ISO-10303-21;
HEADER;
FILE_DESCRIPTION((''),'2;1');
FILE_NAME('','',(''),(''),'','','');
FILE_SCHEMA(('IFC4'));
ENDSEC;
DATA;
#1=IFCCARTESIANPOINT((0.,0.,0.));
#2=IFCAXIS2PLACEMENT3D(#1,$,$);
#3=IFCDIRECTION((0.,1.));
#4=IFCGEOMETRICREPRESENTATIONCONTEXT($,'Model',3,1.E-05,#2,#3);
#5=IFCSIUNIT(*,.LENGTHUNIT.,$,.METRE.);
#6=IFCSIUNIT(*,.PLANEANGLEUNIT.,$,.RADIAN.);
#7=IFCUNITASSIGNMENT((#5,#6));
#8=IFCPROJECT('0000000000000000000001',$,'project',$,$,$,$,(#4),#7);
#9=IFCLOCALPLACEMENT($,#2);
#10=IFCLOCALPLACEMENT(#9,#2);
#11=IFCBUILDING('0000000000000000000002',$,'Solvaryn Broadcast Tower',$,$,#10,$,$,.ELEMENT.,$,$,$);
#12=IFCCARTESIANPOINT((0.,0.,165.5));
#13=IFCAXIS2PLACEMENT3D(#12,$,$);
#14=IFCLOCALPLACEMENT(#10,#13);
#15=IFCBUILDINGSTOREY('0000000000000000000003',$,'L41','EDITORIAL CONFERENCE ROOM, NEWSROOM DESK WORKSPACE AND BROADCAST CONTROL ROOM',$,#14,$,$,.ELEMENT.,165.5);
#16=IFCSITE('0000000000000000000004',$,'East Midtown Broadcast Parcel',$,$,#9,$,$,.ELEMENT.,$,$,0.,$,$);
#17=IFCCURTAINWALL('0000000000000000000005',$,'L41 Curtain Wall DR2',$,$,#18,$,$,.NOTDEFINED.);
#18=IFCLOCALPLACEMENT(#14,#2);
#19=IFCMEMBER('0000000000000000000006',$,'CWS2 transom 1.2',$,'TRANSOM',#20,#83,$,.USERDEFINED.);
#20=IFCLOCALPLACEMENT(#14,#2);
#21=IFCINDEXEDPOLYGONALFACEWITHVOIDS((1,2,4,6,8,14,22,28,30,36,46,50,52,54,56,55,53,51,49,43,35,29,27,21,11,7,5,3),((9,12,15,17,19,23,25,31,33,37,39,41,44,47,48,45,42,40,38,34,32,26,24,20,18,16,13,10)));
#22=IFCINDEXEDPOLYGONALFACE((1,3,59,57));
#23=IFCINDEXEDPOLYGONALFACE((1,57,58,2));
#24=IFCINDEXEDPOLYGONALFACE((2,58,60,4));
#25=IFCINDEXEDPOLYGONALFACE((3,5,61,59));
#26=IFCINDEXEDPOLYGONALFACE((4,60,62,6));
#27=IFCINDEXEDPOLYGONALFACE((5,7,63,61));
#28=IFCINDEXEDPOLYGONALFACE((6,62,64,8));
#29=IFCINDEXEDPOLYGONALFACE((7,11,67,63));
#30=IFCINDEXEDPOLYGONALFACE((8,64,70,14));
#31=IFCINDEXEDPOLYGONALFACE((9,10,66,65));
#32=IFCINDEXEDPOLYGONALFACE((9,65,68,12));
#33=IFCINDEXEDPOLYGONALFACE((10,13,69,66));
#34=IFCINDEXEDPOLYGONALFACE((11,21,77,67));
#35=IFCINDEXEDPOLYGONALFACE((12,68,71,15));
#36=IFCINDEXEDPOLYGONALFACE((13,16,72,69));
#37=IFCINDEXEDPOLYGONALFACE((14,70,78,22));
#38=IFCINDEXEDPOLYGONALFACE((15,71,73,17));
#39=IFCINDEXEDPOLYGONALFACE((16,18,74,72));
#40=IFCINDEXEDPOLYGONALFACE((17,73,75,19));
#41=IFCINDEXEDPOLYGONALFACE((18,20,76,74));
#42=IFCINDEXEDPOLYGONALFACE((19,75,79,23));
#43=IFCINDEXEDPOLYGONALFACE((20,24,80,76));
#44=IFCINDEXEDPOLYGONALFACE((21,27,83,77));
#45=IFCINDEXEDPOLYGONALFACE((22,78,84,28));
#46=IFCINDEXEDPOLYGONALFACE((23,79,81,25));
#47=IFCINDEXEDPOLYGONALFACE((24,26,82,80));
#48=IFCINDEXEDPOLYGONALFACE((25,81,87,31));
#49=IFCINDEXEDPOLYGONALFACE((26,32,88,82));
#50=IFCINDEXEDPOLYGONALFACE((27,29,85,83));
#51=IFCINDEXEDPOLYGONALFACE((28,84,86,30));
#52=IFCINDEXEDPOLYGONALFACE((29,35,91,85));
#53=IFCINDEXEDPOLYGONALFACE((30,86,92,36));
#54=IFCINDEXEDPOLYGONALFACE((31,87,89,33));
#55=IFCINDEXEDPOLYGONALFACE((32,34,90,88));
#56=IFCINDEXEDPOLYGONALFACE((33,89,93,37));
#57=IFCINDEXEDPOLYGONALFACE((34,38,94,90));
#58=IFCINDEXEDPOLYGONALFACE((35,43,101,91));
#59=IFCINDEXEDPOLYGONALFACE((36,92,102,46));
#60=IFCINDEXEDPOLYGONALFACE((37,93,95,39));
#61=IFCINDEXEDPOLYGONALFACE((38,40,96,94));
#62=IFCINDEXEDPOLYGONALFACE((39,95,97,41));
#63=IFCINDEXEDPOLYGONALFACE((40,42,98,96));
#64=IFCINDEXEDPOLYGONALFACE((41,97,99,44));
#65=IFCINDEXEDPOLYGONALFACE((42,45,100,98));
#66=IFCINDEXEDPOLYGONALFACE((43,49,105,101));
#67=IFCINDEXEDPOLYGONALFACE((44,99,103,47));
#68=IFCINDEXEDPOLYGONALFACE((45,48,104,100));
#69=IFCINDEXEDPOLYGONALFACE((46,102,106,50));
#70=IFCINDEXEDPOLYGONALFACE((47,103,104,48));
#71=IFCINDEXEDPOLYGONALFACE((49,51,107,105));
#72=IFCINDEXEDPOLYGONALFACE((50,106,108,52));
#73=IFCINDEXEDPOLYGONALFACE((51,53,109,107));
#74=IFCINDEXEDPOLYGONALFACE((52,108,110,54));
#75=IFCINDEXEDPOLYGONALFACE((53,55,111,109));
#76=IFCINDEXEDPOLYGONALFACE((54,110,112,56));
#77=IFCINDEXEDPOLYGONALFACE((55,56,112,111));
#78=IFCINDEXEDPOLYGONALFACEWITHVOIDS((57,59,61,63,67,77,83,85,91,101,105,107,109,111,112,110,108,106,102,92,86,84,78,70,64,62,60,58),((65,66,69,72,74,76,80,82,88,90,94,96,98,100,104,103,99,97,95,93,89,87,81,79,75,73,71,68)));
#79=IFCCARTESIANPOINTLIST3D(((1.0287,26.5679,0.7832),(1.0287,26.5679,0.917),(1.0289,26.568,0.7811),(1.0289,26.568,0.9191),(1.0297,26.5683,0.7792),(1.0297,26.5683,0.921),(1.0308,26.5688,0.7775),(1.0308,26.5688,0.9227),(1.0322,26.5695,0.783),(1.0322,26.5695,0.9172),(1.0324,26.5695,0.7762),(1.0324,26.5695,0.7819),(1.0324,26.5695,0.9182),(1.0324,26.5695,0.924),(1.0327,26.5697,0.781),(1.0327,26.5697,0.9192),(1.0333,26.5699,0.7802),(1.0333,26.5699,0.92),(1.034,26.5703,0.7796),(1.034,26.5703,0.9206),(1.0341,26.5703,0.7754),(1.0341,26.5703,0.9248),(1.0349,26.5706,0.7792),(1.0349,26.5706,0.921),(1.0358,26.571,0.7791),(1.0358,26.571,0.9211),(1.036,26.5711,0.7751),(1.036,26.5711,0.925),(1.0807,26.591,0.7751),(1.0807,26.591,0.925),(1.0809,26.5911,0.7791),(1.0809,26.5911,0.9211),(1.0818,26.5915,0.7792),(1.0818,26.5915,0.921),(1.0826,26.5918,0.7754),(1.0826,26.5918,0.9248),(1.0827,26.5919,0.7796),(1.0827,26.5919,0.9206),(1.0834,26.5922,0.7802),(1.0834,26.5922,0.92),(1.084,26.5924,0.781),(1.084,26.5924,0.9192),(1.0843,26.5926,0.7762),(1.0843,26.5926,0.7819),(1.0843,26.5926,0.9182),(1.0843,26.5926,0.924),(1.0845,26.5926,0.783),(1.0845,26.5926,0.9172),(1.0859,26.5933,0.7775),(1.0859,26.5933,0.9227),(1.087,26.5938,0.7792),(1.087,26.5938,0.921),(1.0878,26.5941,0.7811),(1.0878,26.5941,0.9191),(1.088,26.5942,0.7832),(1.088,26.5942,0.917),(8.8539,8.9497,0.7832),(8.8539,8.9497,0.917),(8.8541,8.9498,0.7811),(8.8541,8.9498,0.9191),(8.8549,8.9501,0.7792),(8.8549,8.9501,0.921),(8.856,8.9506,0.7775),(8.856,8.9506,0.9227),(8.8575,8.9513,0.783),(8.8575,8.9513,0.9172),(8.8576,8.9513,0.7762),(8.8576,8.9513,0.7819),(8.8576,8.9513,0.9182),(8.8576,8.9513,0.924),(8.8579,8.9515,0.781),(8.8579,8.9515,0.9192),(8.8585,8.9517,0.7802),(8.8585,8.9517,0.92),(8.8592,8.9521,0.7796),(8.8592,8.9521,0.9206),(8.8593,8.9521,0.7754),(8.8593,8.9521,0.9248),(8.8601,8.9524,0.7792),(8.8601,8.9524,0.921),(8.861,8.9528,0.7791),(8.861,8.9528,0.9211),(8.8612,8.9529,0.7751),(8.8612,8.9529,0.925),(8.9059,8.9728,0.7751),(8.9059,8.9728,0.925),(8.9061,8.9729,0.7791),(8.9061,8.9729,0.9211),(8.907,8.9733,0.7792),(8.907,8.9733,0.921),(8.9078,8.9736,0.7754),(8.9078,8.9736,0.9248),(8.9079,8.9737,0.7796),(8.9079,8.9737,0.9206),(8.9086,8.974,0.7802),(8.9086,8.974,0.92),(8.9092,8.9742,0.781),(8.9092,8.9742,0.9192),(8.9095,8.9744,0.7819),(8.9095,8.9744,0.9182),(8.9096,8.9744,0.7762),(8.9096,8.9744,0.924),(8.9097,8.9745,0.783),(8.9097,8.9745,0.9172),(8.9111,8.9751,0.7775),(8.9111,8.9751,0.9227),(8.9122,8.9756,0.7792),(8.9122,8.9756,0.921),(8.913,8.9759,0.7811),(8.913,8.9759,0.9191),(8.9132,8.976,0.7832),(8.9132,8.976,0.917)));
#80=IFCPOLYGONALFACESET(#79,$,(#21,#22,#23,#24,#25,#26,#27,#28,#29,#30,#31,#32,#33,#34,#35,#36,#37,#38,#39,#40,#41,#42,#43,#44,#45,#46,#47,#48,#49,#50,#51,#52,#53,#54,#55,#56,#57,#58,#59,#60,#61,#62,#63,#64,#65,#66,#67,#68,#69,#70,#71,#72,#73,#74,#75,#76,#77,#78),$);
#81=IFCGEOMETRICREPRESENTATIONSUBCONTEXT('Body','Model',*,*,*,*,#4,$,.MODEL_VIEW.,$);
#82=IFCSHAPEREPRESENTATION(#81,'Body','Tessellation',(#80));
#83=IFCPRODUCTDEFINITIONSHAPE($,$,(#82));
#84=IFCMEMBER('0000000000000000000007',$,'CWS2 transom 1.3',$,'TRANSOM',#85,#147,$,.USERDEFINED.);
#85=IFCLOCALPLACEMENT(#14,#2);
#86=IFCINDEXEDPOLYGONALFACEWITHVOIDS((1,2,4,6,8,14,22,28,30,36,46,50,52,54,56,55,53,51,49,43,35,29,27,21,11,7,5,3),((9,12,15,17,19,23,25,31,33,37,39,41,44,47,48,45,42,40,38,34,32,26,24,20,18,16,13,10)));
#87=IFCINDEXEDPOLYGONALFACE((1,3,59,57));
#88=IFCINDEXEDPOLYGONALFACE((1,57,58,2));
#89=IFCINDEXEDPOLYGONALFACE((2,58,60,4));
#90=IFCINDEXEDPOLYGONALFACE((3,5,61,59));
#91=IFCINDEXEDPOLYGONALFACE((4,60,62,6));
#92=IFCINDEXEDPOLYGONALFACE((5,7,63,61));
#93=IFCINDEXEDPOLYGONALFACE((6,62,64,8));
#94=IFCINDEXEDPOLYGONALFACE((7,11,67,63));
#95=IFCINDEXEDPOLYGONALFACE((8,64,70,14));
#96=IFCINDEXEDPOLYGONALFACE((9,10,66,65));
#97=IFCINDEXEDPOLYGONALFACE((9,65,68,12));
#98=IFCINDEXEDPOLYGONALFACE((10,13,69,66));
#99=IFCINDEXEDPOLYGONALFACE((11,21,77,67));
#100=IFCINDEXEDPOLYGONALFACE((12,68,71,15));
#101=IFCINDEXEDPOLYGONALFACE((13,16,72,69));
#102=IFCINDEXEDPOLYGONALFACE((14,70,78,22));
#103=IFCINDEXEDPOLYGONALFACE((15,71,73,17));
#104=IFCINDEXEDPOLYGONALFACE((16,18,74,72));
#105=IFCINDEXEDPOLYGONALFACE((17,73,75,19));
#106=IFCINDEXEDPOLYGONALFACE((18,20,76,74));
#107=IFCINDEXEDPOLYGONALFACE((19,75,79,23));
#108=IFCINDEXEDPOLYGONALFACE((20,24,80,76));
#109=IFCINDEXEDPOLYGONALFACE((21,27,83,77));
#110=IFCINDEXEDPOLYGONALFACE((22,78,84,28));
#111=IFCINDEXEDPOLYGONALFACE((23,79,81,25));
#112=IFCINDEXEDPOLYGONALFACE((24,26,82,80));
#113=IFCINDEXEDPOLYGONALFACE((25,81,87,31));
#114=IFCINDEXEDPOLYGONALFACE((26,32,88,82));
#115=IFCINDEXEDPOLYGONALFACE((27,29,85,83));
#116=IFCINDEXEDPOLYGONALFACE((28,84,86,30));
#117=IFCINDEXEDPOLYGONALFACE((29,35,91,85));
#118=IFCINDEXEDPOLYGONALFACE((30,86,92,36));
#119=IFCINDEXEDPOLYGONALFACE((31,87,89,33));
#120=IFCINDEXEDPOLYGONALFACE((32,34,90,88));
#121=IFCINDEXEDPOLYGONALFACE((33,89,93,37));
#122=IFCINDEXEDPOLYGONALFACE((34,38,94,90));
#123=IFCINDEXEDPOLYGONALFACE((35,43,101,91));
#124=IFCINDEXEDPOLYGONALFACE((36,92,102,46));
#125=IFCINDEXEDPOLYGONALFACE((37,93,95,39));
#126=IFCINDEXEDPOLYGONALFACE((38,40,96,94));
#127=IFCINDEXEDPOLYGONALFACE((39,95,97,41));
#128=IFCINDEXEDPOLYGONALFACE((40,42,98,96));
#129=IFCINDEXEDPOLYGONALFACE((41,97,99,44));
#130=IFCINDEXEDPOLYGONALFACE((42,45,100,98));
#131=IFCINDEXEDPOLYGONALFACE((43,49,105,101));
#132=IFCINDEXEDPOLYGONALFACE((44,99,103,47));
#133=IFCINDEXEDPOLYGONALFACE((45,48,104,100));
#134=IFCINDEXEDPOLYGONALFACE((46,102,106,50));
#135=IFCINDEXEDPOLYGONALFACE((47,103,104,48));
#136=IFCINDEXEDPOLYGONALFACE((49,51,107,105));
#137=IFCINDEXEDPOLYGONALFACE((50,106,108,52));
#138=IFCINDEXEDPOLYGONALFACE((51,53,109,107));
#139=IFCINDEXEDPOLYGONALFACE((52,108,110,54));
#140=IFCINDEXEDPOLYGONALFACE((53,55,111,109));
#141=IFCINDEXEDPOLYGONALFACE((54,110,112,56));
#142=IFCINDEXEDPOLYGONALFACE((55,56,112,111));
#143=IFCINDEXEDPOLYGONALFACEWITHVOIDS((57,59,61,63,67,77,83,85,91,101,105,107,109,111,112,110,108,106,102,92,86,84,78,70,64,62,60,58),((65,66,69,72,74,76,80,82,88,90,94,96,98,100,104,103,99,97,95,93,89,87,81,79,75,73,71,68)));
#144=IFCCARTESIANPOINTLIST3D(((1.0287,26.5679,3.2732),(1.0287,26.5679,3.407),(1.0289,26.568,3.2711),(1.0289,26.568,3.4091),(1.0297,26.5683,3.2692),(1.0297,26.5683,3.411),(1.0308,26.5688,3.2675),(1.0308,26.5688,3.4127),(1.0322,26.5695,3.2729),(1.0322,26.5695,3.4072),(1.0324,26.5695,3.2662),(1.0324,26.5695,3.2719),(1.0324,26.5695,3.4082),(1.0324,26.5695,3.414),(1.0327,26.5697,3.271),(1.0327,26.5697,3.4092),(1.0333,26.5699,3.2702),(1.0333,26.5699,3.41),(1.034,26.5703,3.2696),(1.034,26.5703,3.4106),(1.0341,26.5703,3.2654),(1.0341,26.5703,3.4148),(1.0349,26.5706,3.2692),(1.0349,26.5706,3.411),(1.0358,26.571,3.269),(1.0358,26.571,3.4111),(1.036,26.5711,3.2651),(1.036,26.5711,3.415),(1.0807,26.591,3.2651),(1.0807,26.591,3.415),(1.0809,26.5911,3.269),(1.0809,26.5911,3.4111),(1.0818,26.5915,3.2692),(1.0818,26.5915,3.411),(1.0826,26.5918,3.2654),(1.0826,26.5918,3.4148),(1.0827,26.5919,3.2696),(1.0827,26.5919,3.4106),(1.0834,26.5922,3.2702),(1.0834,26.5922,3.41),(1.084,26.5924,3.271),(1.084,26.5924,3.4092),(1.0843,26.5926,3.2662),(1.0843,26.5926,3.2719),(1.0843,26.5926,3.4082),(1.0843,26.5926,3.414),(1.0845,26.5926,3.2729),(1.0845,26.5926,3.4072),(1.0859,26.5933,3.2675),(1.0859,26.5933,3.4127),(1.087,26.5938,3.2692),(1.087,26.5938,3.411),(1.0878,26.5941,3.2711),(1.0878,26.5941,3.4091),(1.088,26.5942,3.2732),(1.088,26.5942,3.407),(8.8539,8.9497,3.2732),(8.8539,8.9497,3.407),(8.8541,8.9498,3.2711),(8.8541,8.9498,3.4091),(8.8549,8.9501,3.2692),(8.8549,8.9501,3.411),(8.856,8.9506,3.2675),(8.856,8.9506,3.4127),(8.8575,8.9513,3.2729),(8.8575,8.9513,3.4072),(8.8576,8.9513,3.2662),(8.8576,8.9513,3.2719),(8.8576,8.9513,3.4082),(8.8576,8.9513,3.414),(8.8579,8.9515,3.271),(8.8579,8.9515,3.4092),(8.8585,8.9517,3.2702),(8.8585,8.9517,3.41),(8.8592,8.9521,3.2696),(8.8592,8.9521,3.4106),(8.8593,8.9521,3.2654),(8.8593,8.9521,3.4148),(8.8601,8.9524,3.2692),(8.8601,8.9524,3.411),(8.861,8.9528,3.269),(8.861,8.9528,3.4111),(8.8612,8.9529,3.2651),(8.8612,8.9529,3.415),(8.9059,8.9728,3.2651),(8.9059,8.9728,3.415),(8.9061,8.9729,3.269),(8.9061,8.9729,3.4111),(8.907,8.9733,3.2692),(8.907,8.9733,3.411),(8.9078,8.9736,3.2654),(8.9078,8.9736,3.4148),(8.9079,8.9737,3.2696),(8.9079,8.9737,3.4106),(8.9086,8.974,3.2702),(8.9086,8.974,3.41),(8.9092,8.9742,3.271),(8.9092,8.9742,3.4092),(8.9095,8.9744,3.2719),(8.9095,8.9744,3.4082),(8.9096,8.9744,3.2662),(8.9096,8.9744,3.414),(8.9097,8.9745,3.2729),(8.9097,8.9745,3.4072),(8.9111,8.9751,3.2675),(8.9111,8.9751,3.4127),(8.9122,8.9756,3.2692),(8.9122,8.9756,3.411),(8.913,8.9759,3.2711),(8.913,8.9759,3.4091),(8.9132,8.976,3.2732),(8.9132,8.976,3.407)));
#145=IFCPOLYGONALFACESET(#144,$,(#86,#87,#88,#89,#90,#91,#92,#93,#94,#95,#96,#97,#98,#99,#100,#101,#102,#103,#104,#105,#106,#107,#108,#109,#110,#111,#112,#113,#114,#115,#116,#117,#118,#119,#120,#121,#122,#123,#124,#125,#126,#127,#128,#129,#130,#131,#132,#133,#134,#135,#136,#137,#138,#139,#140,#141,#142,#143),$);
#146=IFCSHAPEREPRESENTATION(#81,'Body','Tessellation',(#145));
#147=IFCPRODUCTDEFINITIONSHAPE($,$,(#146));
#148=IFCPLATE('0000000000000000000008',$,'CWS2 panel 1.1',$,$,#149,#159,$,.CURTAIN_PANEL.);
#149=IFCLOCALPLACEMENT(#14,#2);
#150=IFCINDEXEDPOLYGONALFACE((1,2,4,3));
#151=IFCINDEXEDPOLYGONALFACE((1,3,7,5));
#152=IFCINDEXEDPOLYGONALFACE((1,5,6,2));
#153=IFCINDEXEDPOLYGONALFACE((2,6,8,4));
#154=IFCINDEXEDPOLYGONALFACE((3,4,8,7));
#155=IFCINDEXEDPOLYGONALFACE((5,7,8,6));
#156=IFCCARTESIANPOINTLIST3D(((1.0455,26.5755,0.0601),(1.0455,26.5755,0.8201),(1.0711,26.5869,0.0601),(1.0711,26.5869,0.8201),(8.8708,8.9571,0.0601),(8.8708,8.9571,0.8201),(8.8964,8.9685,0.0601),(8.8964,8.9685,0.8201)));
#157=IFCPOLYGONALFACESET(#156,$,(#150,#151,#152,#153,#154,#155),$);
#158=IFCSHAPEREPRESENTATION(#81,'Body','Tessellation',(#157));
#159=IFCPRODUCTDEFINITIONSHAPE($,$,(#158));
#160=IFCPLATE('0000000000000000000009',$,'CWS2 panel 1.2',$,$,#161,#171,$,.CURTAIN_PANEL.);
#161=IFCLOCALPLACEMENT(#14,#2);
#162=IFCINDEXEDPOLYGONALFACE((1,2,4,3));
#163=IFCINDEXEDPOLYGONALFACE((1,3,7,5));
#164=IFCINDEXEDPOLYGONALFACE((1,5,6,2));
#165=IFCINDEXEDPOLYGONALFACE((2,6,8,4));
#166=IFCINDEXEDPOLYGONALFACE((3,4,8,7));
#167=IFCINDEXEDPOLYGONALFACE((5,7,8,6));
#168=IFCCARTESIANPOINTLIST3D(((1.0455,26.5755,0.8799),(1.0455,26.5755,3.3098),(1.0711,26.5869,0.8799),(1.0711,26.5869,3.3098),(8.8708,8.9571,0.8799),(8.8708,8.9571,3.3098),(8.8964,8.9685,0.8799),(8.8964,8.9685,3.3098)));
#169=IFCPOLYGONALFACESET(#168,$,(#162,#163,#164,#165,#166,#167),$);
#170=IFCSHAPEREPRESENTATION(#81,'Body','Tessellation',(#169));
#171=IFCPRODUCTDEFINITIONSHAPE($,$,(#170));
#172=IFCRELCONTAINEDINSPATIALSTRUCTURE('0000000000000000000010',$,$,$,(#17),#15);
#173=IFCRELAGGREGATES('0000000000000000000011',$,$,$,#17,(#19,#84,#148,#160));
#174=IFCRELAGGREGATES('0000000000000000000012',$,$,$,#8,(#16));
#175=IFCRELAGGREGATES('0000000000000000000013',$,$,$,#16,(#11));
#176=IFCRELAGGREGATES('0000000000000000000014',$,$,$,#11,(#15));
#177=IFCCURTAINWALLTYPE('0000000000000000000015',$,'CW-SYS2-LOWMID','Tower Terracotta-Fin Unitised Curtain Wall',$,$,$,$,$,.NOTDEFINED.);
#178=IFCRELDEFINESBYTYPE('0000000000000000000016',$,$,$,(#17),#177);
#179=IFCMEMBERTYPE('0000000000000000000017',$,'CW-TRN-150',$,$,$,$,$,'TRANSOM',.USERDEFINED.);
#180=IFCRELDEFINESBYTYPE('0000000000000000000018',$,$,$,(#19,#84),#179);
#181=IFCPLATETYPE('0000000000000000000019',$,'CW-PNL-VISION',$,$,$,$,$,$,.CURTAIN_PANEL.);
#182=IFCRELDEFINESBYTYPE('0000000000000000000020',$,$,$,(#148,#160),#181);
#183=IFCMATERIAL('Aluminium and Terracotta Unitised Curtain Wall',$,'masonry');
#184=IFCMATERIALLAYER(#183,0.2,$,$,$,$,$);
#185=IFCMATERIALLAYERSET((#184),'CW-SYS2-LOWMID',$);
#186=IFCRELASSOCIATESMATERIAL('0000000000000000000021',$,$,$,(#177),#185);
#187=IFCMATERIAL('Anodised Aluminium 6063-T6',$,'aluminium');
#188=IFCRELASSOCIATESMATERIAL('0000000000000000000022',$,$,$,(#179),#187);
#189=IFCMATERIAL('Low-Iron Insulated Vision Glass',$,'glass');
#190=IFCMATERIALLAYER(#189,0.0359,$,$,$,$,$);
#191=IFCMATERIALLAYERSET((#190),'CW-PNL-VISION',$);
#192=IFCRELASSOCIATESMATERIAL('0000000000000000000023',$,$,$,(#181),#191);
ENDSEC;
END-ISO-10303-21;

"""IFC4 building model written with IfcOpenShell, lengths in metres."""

from ifc_helpers import new_model, si_unit, direction, frame, origin, origin_2d, place, context, subcontext, project, spatial, rectangle, hollow_rectangle, extrude, material, layer, layer_set, material_profile, profile_set, type_object, element, aggregate, save


model = new_model("IFC4")

# Units and contexts
model_context = context("Model", 3, precision=1e-05, world=origin(), true_north=direction((0.0, 1.0)))
body_context = subcontext(model_context, "Body", "Model", "MODEL_VIEW")
ifc_project = project(units=[si_unit("LENGTHUNIT", "METRE"), si_unit("PLANEANGLEUNIT", "RADIAN")], contexts=[model_context])

# Site, building, storey
site_placement = place(None, origin())
site = spatial("IfcSite", under=ifc_project, at=site_placement, Name="East Midtown Broadcast Parcel", CompositionType="ELEMENT", RefElevation=0.0)
building_placement = place(site_placement, origin())
building = spatial("IfcBuilding", under=site, at=building_placement, Name="Solvaryn Broadcast Tower", CompositionType="ELEMENT")
storey_placement = place(building_placement, frame((0.0, 0.0, 165.5)))
storey = spatial("IfcBuildingStorey", under=building, at=storey_placement, Name="L41", Description="EDITORIAL CONFERENCE ROOM, NEWSROOM DESK WORKSPACE AND BROADCAST CONTROL ROOM", CompositionType="ELEMENT", Elevation=165.5)

# Shared definitions
ifc_material_1 = material(Name="Aluminium and Terracotta Unitised Curtain Wall", Category="masonry")
ifc_layer_1 = layer(ifc_material_1, 0.2)
ifc_layer_set_1 = layer_set([ifc_layer_1], Name="CW-SYS2-LOWMID")
curtain_wall_type = type_object("IfcCurtainWallType", Name="CW-SYS2-LOWMID", Description="Tower Terracotta-Fin Unitised Curtain Wall", PredefinedType="NOTDEFINED", material=ifc_layer_set_1)

# Curtain wall, members, plates
curtain_wall_1_placement = place(storey_placement, origin())
curtain_wall_1 = element("IfcCurtainWall", 1, at=curtain_wall_1_placement, inside=storey, type_object=curtain_wall_type, Name="L41 Curtain Wall DR2", PredefinedType="NOTDEFINED")
ifc_material_2 = material(Name="Anodised Aluminium 6063-T6", Category="aluminium")
ifc_material_profile_1 = material_profile(ifc_material_2, hollow_rectangle(XDim=0.0649, YDim=0.1499, WallThickness=0.0039, InnerFilletRadius=0.0039, OuterFilletRadius=0.0081, at=origin_2d()))
ifc_profile_set_1 = profile_set([ifc_material_profile_1], Name="Anodised Aluminium 6063-T6")
member_type_1 = type_object("IfcMemberType", Name="CW-TRN-150", ElementType="TRANSOM", PredefinedType="USERDEFINED", material=ifc_profile_set_1)
member_1_placement = place(storey_placement, frame((1.0583, 26.5811, 0.8501), z_axis=(0.405918, -0.91391, 0.0), x_axis=(0.91391, 0.405918, 0.0)))
member_1 = element("IfcMember", 2, at=member_1_placement, type_object=member_type_1, Name="CWS2 transom 1.2", ObjectType="TRANSOM", PredefinedType="USERDEFINED", context=body_context, shape_type="SweptSolid", body=[
    extrude(hollow_rectangle(XDim=0.0649, YDim=0.1499, WallThickness=0.0039, InnerFilletRadius=0.0039, OuterFilletRadius=0.0081, at=origin_2d()), origin(), (0.0, 0.0, 1.0), 19.2778),
])
member_2_placement = place(storey_placement, frame((1.0583, 26.5811, 3.3401), z_axis=(0.405918, -0.91391, 0.0), x_axis=(0.91391, 0.405918, 0.0)))
member_2 = element("IfcMember", 3, at=member_2_placement, type_object=member_type_1, Name="CWS2 transom 1.3", ObjectType="TRANSOM", PredefinedType="USERDEFINED", context=body_context, shape_type="SweptSolid", body=[
    extrude(hollow_rectangle(XDim=0.0649, YDim=0.1499, WallThickness=0.0039, InnerFilletRadius=0.0039, OuterFilletRadius=0.0081, at=origin_2d()), origin(), (0.0, 0.0, 1.0), 19.2778),
])
ifc_material_3 = material(Name="Low-Iron Insulated Vision Glass", Category="glass")
ifc_layer_2 = layer(ifc_material_3, 0.0359)
ifc_layer_set_2 = layer_set([ifc_layer_2], Name="CW-PNL-VISION")
plate_type = type_object("IfcPlateType", Name="CW-PNL-VISION", PredefinedType="CURTAIN_PANEL", material=ifc_layer_set_2)
plate_1_placement = place(storey_placement, frame((4.9709, 17.772, 0.0601), z_axis=(0.0, 0.0, 1.0), x_axis=(0.405918, -0.913909, 0.0)))
plate_1 = element("IfcPlate", 4, at=plate_1_placement, type_object=plate_type, Name="CWS2 panel 1.1", PredefinedType="CURTAIN_PANEL", context=body_context, shape_type="SweptSolid", body=[
    extrude(rectangle(XDim=19.2781, YDim=0.0281, at=origin_2d()), origin(), (0.0, 0.0, 1.0), 0.76),
])
plate_2_placement = place(storey_placement, frame((4.9709, 17.772, 0.8799), z_axis=(0.0, 0.0, 1.0), x_axis=(0.405918, -0.913909, 0.0)))
plate_2 = element("IfcPlate", 5, at=plate_2_placement, type_object=plate_type, Name="CWS2 panel 1.2", PredefinedType="CURTAIN_PANEL", context=body_context, shape_type="SweptSolid", body=[
    extrude(rectangle(XDim=19.2781, YDim=0.0281, at=origin_2d()), origin(), (0.0, 0.0, 1.0), 2.4299),
])
aggregate(curtain_wall_1, [member_1, member_2, plate_1, plate_2])

save(model, "model.ifc")
